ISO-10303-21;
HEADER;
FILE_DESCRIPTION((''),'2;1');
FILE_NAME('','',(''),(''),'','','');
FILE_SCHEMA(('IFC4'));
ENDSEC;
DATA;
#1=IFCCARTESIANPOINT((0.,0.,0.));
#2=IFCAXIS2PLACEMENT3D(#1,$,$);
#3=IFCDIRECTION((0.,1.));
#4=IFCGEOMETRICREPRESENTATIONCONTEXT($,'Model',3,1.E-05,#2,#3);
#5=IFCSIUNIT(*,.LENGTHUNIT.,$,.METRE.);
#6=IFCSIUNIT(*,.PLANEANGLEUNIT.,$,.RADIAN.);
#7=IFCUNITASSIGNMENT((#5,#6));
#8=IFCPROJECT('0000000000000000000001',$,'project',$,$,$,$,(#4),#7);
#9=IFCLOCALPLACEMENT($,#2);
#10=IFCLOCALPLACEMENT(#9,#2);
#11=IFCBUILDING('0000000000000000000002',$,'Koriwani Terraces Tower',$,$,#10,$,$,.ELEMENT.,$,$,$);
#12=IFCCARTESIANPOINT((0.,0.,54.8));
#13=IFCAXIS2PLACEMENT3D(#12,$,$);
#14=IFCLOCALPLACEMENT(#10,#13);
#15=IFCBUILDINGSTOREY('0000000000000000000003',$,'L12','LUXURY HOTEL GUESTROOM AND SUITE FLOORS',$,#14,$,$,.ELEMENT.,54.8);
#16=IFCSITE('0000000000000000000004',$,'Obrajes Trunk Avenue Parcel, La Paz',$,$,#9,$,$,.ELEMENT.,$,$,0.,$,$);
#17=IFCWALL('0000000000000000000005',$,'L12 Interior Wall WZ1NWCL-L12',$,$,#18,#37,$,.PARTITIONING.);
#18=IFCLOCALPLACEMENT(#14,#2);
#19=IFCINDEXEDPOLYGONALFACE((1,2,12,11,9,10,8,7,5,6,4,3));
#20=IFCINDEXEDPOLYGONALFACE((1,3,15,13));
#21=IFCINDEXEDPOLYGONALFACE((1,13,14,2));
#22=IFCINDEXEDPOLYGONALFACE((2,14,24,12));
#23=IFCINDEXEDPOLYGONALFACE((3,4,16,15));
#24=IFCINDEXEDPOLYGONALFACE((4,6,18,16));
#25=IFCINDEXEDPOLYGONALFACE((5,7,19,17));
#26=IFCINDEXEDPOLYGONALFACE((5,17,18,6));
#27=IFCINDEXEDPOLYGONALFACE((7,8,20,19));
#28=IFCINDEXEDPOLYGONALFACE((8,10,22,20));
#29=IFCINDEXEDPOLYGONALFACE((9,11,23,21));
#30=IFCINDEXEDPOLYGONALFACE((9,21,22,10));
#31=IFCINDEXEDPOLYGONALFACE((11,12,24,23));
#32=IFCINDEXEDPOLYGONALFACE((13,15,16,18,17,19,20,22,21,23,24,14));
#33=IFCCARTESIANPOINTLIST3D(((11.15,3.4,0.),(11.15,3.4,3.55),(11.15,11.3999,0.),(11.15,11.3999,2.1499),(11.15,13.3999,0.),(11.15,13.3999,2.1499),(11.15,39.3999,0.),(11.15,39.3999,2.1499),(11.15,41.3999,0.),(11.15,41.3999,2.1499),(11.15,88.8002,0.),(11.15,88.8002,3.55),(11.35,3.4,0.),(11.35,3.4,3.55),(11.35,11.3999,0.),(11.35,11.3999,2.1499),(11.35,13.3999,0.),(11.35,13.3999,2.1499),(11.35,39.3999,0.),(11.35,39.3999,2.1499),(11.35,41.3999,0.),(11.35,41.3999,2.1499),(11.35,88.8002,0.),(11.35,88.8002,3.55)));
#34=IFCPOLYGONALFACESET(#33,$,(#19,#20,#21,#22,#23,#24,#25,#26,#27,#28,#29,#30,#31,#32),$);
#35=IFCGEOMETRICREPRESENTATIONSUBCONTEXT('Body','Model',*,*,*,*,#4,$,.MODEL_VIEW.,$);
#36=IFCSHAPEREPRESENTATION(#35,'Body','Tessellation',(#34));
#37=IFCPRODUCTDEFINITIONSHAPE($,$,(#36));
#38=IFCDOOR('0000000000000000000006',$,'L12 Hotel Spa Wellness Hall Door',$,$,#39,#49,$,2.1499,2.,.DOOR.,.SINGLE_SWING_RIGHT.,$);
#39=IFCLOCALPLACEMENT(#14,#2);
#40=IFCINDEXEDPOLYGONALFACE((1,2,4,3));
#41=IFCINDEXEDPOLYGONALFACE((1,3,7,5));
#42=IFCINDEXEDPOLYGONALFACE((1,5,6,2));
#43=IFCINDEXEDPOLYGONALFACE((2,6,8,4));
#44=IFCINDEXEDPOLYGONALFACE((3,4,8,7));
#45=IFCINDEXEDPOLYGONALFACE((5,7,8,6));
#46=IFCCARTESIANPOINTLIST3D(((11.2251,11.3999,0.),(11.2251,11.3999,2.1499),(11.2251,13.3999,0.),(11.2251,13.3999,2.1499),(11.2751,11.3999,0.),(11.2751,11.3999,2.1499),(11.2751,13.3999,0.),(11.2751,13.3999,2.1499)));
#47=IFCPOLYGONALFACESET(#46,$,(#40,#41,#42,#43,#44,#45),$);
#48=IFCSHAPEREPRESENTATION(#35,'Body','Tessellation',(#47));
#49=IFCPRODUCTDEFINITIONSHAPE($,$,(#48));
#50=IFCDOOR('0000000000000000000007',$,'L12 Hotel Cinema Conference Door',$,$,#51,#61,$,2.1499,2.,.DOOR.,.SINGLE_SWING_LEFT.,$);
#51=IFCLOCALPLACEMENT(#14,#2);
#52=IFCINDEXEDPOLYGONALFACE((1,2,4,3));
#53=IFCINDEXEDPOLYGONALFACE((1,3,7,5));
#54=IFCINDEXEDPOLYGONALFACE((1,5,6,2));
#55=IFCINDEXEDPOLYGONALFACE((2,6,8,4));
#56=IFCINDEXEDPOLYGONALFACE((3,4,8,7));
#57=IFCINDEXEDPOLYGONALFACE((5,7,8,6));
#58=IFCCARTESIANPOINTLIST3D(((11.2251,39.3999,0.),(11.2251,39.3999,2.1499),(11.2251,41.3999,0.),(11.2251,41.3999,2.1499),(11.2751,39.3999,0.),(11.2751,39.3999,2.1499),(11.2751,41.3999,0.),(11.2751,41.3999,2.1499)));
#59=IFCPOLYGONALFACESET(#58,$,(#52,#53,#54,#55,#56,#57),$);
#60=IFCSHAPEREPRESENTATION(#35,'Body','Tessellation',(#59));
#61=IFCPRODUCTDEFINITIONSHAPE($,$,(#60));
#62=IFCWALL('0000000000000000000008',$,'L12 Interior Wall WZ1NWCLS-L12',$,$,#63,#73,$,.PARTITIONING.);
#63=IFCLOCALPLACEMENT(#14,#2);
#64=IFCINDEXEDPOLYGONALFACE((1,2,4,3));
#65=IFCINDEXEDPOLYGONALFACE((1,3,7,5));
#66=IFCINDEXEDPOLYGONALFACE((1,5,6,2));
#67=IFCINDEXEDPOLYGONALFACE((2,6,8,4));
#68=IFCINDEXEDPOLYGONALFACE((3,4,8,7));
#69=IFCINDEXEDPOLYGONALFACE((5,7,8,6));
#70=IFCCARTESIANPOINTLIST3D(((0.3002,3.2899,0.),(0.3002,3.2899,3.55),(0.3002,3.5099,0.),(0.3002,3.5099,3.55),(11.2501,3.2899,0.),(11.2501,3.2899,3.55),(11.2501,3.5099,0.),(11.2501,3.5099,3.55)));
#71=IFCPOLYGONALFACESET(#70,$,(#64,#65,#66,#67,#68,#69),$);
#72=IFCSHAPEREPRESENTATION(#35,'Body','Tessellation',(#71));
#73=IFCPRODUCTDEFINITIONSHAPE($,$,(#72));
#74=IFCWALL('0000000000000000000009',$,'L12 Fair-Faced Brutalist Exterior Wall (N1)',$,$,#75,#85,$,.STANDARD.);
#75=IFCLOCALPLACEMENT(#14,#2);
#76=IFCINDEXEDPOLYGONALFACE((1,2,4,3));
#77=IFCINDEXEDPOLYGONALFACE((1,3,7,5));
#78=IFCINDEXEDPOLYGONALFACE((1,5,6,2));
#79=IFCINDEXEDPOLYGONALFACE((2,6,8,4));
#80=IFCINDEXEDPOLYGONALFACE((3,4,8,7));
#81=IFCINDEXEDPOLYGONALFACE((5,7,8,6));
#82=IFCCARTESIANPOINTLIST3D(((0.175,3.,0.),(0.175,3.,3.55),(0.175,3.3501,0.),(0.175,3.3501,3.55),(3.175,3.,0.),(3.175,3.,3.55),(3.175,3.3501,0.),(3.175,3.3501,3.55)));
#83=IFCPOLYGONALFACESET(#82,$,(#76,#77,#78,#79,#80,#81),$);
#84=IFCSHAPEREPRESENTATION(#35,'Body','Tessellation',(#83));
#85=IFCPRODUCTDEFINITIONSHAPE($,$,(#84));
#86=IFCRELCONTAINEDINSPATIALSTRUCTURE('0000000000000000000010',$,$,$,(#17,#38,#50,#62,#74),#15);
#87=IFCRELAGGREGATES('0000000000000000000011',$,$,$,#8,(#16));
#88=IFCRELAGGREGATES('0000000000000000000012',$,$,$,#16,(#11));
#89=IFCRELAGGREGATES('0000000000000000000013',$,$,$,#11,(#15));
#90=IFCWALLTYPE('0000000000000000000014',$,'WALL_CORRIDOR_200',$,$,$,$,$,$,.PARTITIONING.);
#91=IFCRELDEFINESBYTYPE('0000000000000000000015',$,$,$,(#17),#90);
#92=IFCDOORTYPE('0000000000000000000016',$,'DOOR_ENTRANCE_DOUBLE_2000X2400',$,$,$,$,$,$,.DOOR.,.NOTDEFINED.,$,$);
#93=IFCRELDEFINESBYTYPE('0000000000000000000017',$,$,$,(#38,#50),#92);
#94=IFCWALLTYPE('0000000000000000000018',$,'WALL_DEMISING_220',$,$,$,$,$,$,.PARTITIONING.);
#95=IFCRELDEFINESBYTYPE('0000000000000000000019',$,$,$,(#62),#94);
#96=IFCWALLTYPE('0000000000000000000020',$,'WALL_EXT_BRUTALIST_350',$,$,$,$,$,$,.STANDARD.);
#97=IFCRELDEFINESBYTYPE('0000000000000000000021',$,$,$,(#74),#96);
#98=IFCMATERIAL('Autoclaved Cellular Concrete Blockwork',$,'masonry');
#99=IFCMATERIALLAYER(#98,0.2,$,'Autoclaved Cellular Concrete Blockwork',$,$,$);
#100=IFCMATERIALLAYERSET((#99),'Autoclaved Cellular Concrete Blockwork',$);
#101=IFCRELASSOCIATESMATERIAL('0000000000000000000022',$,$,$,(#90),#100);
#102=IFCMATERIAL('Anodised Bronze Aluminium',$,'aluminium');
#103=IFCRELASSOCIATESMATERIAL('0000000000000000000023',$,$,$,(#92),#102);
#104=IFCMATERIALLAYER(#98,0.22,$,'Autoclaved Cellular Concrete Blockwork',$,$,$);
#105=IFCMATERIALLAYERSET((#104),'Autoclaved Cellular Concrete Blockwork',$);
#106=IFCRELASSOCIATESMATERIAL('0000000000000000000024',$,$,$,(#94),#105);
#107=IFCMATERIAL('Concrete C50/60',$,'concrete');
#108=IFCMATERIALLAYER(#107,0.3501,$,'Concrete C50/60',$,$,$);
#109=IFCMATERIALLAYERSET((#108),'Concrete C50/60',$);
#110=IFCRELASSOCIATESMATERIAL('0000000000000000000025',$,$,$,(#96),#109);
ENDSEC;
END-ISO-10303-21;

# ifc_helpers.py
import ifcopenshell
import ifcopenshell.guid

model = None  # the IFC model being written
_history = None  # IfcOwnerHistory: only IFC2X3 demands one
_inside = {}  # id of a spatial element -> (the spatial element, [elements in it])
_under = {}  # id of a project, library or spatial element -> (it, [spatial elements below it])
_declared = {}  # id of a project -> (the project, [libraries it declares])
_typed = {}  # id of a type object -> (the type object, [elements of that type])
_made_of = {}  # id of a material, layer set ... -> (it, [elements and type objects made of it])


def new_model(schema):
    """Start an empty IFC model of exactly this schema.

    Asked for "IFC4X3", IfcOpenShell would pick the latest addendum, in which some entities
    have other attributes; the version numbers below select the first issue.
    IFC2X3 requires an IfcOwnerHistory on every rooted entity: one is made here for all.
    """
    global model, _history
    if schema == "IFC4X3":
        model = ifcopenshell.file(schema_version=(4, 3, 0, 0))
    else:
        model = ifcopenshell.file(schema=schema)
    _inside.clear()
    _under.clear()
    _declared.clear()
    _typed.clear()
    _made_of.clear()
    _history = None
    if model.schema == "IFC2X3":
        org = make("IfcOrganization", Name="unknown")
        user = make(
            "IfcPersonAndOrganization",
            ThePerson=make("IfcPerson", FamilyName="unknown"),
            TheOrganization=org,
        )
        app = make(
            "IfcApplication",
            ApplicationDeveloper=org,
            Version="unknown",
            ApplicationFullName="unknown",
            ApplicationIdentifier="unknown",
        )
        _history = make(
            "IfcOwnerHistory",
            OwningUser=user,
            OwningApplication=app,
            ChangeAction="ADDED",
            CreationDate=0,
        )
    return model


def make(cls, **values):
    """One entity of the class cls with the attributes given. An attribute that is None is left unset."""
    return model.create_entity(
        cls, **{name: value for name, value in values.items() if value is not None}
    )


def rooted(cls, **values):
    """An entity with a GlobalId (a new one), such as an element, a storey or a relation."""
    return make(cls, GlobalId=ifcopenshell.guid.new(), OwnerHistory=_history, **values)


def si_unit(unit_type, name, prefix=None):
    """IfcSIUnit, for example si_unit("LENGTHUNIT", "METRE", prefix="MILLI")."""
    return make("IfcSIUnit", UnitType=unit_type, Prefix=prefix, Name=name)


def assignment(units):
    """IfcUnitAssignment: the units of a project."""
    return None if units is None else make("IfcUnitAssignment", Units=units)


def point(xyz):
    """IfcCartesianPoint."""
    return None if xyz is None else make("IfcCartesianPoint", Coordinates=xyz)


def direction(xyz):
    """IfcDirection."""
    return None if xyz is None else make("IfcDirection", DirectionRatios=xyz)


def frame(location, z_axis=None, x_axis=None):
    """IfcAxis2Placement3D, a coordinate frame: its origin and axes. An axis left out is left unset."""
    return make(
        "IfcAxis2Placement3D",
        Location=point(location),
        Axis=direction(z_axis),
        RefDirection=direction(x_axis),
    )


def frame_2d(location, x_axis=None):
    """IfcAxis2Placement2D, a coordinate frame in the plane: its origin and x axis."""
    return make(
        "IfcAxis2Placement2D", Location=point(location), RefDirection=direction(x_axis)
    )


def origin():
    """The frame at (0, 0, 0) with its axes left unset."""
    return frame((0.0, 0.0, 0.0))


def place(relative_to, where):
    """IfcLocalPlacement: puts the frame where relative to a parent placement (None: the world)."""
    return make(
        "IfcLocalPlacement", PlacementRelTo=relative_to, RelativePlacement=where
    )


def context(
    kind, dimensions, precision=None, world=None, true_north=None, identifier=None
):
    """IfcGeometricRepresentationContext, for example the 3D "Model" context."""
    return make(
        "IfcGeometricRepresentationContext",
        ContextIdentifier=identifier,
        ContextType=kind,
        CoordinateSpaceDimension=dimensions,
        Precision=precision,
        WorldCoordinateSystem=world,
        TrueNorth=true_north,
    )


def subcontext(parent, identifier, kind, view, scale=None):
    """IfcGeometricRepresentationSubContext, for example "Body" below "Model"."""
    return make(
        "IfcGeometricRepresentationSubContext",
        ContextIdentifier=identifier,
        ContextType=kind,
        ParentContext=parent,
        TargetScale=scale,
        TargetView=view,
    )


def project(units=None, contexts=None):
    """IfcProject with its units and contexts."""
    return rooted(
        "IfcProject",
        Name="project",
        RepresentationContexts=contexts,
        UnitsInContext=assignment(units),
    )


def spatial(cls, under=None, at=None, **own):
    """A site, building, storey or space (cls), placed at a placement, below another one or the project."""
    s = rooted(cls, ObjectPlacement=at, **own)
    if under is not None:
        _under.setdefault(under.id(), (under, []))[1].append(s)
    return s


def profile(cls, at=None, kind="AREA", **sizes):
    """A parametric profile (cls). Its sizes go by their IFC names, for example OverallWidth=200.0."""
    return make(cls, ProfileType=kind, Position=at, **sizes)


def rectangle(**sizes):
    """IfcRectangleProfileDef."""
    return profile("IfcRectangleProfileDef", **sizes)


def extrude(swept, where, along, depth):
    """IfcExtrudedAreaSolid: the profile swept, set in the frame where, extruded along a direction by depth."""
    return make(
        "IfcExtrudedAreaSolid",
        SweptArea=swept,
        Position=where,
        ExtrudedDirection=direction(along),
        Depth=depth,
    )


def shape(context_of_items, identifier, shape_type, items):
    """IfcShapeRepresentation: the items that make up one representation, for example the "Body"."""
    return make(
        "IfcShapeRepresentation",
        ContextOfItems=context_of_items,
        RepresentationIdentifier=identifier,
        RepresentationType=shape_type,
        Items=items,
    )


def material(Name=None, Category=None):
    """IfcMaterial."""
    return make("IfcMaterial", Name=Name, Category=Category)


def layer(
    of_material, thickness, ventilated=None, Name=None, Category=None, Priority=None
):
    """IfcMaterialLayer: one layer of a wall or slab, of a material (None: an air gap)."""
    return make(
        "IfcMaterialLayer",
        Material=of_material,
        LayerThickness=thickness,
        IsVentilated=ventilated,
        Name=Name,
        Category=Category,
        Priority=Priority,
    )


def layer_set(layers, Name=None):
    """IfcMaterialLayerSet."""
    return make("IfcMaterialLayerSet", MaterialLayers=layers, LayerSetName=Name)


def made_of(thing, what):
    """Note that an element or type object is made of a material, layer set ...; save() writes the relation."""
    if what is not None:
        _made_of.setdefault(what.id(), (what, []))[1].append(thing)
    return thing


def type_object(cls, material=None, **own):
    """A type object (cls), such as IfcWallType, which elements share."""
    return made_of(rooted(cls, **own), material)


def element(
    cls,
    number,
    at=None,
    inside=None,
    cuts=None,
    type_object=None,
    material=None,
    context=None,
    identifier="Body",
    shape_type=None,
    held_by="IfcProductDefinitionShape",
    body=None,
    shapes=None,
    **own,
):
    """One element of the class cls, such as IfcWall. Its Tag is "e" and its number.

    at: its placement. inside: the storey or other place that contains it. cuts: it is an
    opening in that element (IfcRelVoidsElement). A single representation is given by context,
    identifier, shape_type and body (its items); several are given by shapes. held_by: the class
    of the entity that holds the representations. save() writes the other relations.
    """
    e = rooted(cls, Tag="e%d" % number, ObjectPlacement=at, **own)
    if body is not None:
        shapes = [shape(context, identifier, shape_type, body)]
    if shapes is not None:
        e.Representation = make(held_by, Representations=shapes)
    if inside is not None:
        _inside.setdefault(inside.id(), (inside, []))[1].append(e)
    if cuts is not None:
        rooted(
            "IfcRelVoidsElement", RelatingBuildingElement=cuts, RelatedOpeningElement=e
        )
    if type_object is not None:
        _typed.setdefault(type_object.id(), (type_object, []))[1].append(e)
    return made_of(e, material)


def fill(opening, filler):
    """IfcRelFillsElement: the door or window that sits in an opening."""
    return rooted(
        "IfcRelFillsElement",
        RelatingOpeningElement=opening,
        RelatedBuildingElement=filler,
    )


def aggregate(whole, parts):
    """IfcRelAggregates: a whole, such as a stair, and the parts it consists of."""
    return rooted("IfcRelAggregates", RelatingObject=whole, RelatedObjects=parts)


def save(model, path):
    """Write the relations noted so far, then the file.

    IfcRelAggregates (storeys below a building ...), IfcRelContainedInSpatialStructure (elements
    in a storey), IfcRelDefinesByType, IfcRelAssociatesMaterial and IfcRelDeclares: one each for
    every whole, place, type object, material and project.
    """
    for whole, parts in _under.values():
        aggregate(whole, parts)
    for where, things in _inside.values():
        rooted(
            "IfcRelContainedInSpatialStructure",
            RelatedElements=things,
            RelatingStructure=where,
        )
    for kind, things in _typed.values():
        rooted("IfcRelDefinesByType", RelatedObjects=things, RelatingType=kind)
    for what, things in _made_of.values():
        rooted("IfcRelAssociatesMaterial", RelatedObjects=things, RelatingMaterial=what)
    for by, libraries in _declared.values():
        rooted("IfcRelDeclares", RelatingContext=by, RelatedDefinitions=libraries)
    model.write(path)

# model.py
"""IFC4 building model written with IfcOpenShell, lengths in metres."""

from ifc_helpers import new_model, si_unit, direction, frame, frame_2d, origin, place, context, subcontext, project, spatial, rectangle, extrude, material, layer, layer_set, type_object, element, fill, save


model = new_model("IFC4")

# Units and contexts
model_context = context("Model", 3, precision=1e-05, world=origin(), true_north=direction((0.0, 1.0)))
body_context = subcontext(model_context, "Body", "Model", "MODEL_VIEW")
ifc_project = project(units=[si_unit("LENGTHUNIT", "METRE"), si_unit("PLANEANGLEUNIT", "RADIAN")], contexts=[model_context])

# Site, building, storey
site_placement = place(None, origin())
site = spatial("IfcSite", under=ifc_project, at=site_placement, Name="Obrajes Trunk Avenue Parcel, La Paz", CompositionType="ELEMENT", RefElevation=0.0)
building_placement = place(site_placement, origin())
building = spatial("IfcBuilding", under=site, at=building_placement, Name="Koriwani Terraces Tower", CompositionType="ELEMENT")
storey_placement = place(building_placement, frame((0.0, 0.0, 54.8)))
storey = spatial("IfcBuildingStorey", under=building, at=storey_placement, Name="L12", Description="LUXURY HOTEL GUESTROOM AND SUITE FLOORS", CompositionType="ELEMENT", Elevation=54.8)

# Shared definitions
ifc_material_1 = material(Name="Concrete C50/60", Category="concrete")

# Wall, openings, doors
ifc_material_2 = material(Name="Autoclaved Cellular Concrete Blockwork", Category="masonry")
ifc_layer_1 = layer(ifc_material_2, 0.2, Name="Autoclaved Cellular Concrete Blockwork")
ifc_layer_set_1 = layer_set([ifc_layer_1], Name="Autoclaved Cellular Concrete Blockwork")
wall_type_1 = type_object("IfcWallType", Name="WALL_CORRIDOR_200", PredefinedType="PARTITIONING", material=ifc_layer_set_1)
wall_1_placement = place(storey_placement, frame((11.25, 3.3999, 0.0), z_axis=(0.0, 0.0, 1.0), x_axis=(0.0, 1.0, 0.0)))
wall_1 = element("IfcWall", 1, at=wall_1_placement, inside=storey, type_object=wall_type_1, Name="L12 Interior Wall WZ1NWCL-L12", PredefinedType="PARTITIONING", context=body_context, shape_type="SweptSolid", body=[
    extrude(rectangle(XDim=85.4001, YDim=0.2, at=frame_2d((42.7002, 0.0))), origin(), (0.0, 0.0, 1.0), 3.55),
])
opening_1_placement = place(wall_1_placement, frame((8.0, 0.0, 0.0)))
opening_1 = element("IfcOpeningElement", 2, at=opening_1_placement, cuts=wall_1, PredefinedType="OPENING", context=body_context, shape_type="SweptSolid", body=[
    extrude(rectangle(XDim=2.0, YDim=2.1499, at=frame_2d((1.0, 1.075))), frame((0.0, 0.1099, 0.0), z_axis=(0.0, -1.0, 0.0), x_axis=(1.0, 0.0, 0.0)), (0.0, 0.0, 1.0), 0.22),
])
opening_2_placement = place(wall_1_placement, frame((36.0, 0.0, 0.0)))
opening_2 = element("IfcOpeningElement", 3, at=opening_2_placement, cuts=wall_1, PredefinedType="OPENING", context=body_context, shape_type="SweptSolid", body=[
    extrude(rectangle(XDim=2.0, YDim=2.1499, at=frame_2d((1.0, 1.075))), frame((0.0, 0.1099, 0.0), z_axis=(0.0, -1.0, 0.0), x_axis=(1.0, 0.0, 0.0)), (0.0, 0.0, 1.0), 0.22),
])
ifc_material_3 = material(Name="Anodised Bronze Aluminium", Category="aluminium")
door_type_1 = type_object("IfcDoorType", Name="DOOR_ENTRANCE_DOUBLE_2000X2400", OperationType="NOTDEFINED", PredefinedType="DOOR", material=ifc_material_3)
door_1_placement = place(opening_1_placement, origin())
door_1 = element("IfcDoor", 4, at=door_1_placement, inside=storey, type_object=door_type_1, Name="L12 Hotel Spa Wellness Hall Door", OperationType="SINGLE_SWING_RIGHT", OverallHeight=2.1499, OverallWidth=2.0, PredefinedType="DOOR", context=body_context, shape_type="SweptSolid", body=[
    extrude(rectangle(XDim=2.0, YDim=2.1499, at=frame_2d((1.0, 1.075))), frame((0.0, 0.0249, 0.0), z_axis=(0.0, -1.0, 0.0), x_axis=(1.0, 0.0, 0.0)), (0.0, 0.0, 1.0), 0.05),
])
fill(opening_1, door_1)
door_2_placement = place(opening_2_placement, origin())
door_2 = element("IfcDoor", 5, at=door_2_placement, inside=storey, type_object=door_type_1, Name="L12 Hotel Cinema Conference Door", OperationType="SINGLE_SWING_LEFT", OverallHeight=2.1499, OverallWidth=2.0, PredefinedType="DOOR", context=body_context, shape_type="SweptSolid", body=[
    extrude(rectangle(XDim=2.0, YDim=2.1499, at=frame_2d((1.0, 1.075))), frame((0.0, 0.0249, 0.0), z_axis=(0.0, -1.0, 0.0), x_axis=(1.0, 0.0, 0.0)), (0.0, 0.0, 1.0), 0.05),
])
fill(opening_2, door_2)

# Walls
ifc_layer_2 = layer(ifc_material_2, 0.22, Name="Autoclaved Cellular Concrete Blockwork")
ifc_layer_set_2 = layer_set([ifc_layer_2], Name="Autoclaved Cellular Concrete Blockwork")
wall_type_2 = type_object("IfcWallType", Name="WALL_DEMISING_220", PredefinedType="PARTITIONING", material=ifc_layer_set_2)
wall_2_placement = place(storey_placement, frame((0.3, 3.3999, 0.0), z_axis=(0.0, 0.0, 1.0), x_axis=(1.0, 0.0, 0.0)))
element("IfcWall", 6, at=wall_2_placement, inside=storey, type_object=wall_type_2, Name="L12 Interior Wall WZ1NWCLS-L12", PredefinedType="PARTITIONING", context=body_context, shape_type="SweptSolid", body=[
    extrude(rectangle(XDim=10.95, YDim=0.22, at=frame_2d((5.4751, 0.0))), origin(), (0.0, 0.0, 1.0), 3.55),
])
ifc_layer_3 = layer(ifc_material_1, 0.3501, Name="Concrete C50/60")
ifc_layer_set_3 = layer_set([ifc_layer_3], Name="Concrete C50/60")
wall_type_3 = type_object("IfcWallType", Name="WALL_EXT_BRUTALIST_350", PredefinedType="STANDARD", material=ifc_layer_set_3)
wall_3_placement = place(storey_placement, frame((3.175, 3.175, 0.0), z_axis=(0.0, 0.0, 1.0), x_axis=(-1.0, 0.0, 0.0)))
element("IfcWall", 7, at=wall_3_placement, inside=storey, type_object=wall_type_3, Name="L12 Fair-Faced Brutalist Exterior Wall (N1)", PredefinedType="STANDARD", context=body_context, shape_type="SweptSolid", body=[
    extrude(rectangle(XDim=3.0, YDim=0.3501, at=frame_2d((1.5, 0.0))), origin(), (0.0, 0.0, 1.0), 3.55),
])

save(model, "model.ifc")
